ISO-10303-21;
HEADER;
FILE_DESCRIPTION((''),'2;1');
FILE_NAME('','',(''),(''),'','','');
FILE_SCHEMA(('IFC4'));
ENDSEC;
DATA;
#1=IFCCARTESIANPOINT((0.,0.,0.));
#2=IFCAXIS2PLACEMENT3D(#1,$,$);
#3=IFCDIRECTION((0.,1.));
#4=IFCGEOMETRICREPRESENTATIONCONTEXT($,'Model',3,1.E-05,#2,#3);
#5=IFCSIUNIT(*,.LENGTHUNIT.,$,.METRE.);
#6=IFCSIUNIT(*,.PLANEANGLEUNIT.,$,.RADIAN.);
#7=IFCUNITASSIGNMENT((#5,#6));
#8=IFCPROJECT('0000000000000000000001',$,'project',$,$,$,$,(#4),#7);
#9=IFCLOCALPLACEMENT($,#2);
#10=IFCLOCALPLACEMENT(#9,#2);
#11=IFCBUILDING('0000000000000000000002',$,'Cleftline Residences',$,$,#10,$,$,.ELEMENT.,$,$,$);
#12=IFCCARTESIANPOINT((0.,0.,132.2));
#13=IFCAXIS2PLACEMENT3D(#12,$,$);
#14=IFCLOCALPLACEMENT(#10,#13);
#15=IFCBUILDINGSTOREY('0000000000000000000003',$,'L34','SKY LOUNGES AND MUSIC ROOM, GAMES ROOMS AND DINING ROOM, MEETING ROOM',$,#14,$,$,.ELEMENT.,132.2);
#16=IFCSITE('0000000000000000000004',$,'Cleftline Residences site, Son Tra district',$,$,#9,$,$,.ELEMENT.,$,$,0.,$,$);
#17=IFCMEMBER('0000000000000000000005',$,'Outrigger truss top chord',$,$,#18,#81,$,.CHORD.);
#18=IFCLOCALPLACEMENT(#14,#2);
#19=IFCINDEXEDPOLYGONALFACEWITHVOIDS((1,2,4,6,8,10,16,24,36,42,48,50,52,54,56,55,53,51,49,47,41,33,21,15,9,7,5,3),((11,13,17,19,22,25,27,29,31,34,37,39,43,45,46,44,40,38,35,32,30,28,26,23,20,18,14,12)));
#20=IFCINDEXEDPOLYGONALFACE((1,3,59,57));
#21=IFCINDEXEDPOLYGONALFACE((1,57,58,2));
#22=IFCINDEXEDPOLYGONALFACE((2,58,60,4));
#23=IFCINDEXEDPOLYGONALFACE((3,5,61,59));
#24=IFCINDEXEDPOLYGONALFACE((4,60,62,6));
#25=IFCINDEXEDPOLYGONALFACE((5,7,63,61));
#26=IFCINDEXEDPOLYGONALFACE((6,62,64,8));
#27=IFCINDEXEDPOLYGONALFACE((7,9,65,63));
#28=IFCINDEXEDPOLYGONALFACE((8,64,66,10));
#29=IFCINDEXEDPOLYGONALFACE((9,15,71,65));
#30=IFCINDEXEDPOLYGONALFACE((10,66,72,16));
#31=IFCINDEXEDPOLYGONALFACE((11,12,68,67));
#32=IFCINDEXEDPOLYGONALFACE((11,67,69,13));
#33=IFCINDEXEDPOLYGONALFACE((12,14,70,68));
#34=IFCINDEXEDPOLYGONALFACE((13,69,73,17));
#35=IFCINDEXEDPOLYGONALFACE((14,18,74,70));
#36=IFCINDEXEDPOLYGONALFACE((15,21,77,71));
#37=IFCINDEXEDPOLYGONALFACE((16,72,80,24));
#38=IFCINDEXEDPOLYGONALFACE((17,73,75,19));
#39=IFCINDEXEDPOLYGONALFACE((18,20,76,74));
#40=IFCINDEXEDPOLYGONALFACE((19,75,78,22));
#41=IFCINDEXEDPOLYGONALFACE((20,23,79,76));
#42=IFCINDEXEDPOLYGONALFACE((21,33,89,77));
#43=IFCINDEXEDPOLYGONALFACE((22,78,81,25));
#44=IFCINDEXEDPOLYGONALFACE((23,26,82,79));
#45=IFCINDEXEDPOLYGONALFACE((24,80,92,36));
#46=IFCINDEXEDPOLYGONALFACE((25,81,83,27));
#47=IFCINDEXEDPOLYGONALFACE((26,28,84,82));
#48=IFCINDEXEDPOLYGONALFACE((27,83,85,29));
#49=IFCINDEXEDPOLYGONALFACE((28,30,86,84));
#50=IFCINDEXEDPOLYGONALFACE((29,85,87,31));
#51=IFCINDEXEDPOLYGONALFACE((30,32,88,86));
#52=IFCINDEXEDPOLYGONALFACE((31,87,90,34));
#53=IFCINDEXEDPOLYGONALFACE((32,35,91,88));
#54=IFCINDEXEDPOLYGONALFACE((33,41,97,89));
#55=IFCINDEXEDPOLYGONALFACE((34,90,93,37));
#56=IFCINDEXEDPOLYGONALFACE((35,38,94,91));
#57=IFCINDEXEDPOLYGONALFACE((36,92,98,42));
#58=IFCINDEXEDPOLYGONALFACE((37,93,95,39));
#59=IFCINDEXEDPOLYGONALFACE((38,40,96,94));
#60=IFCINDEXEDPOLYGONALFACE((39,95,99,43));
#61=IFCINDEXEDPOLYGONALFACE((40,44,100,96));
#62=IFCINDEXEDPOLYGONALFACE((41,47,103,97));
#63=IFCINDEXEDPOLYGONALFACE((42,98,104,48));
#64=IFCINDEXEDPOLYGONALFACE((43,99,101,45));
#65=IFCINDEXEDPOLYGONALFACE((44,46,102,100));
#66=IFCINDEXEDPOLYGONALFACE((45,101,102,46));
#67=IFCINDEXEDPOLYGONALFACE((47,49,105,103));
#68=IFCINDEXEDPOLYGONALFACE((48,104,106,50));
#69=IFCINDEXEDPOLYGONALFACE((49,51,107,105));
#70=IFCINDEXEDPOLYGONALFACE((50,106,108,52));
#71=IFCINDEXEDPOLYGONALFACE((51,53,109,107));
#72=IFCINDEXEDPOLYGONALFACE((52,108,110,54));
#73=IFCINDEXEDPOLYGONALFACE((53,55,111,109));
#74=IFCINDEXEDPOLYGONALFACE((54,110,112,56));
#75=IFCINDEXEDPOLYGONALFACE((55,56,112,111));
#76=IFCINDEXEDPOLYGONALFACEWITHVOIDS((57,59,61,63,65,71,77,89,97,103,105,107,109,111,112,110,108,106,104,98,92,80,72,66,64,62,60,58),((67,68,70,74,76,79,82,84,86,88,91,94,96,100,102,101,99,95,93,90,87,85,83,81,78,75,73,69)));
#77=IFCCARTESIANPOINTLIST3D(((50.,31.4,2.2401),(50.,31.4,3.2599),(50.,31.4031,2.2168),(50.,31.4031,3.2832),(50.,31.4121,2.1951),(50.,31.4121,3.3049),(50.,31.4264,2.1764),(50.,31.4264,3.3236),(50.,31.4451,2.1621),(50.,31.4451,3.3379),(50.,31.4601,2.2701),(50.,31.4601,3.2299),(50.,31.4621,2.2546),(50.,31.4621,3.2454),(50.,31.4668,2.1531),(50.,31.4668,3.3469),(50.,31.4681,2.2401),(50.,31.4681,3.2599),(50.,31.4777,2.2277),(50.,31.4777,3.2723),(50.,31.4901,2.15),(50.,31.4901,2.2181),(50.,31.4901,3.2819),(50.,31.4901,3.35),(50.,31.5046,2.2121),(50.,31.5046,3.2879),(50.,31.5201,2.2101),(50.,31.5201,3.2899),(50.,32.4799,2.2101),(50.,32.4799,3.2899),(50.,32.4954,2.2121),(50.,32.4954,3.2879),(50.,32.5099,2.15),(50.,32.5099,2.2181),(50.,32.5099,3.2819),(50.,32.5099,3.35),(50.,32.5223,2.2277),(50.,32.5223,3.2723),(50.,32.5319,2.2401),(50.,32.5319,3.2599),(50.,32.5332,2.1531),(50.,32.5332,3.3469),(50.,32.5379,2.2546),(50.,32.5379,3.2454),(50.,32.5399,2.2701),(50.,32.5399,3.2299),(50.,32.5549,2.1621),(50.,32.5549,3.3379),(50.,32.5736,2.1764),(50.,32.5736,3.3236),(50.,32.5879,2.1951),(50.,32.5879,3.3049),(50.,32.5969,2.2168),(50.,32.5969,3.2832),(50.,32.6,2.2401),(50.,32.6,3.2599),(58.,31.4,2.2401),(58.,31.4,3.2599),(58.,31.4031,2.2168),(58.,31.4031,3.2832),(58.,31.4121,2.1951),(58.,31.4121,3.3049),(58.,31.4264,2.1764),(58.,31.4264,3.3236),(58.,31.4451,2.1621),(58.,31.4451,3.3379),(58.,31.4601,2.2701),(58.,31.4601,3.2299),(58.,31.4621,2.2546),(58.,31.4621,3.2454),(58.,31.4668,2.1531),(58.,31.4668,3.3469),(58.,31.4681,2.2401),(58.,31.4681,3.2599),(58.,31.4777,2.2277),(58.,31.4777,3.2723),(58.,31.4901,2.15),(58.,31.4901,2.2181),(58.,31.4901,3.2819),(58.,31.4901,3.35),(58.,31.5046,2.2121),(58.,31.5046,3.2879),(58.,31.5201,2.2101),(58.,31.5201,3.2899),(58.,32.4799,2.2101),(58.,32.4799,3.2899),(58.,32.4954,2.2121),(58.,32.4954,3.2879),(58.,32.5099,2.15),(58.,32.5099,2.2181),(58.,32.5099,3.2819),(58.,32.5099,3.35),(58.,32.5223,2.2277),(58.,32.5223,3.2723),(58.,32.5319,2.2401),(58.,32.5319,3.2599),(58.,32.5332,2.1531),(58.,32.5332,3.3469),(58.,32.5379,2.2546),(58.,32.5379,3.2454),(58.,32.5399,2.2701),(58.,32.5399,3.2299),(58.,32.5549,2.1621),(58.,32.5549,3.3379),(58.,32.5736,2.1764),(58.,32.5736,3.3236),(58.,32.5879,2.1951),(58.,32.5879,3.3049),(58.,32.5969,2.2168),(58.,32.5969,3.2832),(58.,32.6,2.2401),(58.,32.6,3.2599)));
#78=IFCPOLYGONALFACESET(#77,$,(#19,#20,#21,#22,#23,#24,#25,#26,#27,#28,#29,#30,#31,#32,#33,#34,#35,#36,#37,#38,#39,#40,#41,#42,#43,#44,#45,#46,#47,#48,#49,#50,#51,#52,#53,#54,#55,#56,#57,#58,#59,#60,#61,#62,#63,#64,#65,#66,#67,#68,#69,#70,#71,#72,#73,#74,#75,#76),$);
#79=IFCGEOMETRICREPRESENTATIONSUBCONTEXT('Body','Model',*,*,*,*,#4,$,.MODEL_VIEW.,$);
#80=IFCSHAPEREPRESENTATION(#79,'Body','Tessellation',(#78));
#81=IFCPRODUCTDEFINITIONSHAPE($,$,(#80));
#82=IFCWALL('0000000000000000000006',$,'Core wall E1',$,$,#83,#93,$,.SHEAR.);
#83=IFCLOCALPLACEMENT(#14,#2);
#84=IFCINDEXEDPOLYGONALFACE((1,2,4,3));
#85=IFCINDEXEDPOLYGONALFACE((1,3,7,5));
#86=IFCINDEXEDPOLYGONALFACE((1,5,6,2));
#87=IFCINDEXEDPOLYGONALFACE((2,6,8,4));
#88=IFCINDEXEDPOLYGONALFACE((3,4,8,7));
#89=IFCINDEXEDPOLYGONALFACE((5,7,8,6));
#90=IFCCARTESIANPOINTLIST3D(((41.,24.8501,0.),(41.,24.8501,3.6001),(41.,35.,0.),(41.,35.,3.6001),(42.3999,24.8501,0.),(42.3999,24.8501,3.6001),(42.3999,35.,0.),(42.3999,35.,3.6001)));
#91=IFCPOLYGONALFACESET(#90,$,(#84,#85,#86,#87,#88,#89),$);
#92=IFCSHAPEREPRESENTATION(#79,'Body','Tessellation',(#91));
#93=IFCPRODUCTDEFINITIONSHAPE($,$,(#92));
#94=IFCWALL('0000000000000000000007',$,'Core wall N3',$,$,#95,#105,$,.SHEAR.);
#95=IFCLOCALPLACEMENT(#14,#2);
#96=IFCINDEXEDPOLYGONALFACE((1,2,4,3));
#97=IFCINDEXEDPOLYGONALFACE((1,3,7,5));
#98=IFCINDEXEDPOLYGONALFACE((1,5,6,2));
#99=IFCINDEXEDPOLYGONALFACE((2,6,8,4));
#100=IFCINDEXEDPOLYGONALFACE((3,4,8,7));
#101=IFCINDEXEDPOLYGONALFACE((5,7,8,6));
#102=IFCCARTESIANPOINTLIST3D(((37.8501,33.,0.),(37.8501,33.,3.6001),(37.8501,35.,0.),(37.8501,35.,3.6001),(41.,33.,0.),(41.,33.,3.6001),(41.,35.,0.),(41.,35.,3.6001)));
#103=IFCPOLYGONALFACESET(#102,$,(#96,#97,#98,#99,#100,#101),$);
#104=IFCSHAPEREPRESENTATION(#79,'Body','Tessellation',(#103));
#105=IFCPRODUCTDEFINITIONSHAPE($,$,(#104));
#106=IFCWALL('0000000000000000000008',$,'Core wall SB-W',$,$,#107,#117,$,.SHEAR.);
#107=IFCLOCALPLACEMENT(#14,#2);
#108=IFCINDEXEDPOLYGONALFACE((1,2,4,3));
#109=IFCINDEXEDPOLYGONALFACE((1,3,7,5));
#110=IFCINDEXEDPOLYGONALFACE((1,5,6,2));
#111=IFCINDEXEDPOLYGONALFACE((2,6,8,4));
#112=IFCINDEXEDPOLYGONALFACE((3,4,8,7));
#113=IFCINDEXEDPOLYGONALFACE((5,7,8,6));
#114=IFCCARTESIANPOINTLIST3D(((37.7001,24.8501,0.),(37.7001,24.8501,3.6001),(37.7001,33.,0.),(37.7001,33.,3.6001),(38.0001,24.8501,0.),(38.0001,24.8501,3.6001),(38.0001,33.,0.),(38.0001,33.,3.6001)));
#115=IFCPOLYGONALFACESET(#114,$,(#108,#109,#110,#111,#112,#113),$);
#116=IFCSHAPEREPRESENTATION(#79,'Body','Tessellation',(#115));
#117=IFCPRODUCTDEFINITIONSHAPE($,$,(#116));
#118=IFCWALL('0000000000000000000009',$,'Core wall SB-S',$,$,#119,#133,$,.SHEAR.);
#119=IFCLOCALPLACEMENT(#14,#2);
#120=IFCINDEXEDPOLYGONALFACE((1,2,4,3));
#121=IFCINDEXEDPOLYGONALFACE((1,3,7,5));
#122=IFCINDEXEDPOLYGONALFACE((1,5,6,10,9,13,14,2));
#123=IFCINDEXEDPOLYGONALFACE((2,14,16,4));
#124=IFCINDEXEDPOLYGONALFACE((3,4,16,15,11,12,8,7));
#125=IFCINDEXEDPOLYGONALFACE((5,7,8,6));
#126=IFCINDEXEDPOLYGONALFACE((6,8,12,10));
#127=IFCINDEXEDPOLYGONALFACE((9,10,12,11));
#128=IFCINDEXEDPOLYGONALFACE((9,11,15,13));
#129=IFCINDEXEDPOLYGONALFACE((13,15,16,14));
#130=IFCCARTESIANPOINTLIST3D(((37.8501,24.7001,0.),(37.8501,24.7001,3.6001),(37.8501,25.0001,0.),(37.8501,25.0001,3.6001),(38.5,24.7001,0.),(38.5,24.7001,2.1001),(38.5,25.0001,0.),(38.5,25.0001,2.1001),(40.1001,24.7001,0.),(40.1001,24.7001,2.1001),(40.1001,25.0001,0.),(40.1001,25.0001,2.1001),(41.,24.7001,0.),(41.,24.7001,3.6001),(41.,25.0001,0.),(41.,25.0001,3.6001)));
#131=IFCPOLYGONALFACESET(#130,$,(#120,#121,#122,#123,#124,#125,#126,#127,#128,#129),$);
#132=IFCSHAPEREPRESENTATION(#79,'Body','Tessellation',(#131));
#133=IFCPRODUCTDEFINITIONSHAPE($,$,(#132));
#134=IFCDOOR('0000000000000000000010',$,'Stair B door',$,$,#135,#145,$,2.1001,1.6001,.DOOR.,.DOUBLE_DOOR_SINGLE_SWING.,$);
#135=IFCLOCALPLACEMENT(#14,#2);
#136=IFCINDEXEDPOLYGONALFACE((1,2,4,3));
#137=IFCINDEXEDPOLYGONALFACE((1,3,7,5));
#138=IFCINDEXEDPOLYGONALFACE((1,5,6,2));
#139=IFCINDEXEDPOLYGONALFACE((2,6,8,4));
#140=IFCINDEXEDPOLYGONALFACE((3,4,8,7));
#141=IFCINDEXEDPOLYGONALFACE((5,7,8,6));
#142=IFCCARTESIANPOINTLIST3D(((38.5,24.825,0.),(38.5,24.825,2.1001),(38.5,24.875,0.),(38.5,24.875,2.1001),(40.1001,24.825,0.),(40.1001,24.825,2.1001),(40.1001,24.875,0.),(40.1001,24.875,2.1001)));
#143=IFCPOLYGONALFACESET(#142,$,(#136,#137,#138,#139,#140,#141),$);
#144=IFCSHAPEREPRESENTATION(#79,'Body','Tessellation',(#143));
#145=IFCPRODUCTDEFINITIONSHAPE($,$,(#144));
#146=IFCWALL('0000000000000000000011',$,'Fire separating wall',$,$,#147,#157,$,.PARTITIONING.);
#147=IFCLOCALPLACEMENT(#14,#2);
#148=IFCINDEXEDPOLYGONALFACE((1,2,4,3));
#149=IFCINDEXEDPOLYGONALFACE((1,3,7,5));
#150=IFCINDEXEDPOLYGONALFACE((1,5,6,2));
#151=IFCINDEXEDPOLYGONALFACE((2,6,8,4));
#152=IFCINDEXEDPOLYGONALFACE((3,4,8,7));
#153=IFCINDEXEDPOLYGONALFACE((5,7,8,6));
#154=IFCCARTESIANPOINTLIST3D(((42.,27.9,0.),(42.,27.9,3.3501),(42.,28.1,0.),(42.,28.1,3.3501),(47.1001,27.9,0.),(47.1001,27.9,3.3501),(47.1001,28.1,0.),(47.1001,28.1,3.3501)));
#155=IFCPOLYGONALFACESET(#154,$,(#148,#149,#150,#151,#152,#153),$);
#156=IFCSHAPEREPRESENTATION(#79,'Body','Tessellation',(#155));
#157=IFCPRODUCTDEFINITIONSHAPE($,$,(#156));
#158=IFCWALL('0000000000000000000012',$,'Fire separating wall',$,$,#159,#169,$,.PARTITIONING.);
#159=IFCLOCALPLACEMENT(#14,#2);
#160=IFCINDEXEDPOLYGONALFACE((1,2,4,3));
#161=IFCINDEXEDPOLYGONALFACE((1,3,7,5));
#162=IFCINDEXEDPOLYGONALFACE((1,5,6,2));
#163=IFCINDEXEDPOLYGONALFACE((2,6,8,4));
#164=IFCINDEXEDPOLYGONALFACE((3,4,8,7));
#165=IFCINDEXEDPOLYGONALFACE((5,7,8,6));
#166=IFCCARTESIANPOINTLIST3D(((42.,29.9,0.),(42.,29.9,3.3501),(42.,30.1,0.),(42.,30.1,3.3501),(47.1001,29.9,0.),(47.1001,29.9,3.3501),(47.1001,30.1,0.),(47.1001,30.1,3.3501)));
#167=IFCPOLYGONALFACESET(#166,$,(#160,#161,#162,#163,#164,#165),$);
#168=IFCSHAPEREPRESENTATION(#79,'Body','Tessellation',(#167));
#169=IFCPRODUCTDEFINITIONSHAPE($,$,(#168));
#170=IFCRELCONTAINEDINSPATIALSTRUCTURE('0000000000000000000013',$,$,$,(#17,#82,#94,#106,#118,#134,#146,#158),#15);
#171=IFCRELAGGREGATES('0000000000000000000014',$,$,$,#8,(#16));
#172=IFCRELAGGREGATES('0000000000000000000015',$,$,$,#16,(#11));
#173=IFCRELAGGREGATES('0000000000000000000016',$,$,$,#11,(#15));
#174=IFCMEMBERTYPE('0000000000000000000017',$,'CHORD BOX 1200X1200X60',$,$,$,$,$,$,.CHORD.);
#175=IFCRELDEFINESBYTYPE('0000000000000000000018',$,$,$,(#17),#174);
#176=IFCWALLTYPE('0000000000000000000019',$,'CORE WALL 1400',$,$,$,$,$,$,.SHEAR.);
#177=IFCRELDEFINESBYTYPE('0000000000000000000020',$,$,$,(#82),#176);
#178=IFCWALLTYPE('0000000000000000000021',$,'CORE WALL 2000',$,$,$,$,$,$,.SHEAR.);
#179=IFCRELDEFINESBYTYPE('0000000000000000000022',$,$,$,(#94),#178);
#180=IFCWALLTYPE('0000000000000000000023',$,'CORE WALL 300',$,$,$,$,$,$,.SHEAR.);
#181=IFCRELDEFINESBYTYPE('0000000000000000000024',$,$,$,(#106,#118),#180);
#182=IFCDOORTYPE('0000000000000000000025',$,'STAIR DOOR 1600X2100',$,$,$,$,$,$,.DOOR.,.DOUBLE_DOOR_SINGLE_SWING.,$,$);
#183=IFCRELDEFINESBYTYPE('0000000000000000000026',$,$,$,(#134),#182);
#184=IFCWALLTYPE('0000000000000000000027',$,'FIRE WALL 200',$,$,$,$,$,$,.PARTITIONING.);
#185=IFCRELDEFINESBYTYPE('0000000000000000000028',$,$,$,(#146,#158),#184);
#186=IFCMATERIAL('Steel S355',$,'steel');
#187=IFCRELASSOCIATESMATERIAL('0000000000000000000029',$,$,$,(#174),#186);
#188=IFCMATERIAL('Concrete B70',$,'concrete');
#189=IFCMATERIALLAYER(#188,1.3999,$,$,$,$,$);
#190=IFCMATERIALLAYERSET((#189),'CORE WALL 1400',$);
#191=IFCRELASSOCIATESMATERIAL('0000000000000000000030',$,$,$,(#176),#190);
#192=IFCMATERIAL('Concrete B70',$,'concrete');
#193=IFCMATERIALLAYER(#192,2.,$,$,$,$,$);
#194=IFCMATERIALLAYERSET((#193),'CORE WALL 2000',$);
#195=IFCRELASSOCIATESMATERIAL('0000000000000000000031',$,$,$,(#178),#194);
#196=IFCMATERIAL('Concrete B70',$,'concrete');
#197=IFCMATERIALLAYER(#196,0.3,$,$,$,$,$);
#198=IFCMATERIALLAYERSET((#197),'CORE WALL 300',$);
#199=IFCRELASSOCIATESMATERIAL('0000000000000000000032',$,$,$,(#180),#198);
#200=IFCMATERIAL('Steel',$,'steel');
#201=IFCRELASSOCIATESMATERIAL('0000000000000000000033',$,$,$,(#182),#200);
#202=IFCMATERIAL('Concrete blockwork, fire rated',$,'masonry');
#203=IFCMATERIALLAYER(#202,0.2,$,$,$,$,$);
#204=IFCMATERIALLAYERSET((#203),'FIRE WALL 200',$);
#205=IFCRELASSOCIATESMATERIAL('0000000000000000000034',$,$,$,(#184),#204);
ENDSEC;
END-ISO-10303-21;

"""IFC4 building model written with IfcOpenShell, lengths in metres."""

from ifc_helpers import new_model, si_unit, direction, frame, frame_2d, origin, origin_2d, place, context, subcontext, project, spatial, rectangle, hollow_rectangle, extrude, material, layer, layer_set, material_profile, profile_set, type_object, element, fill, save


model = new_model("IFC4")

# Units and contexts
model_context = context("Model", 3, precision=1e-05, world=origin(), true_north=direction((0.0, 1.0)))
body_context = subcontext(model_context, "Body", "Model", "MODEL_VIEW")
ifc_project = project(units=[si_unit("LENGTHUNIT", "METRE"), si_unit("PLANEANGLEUNIT", "RADIAN")], contexts=[model_context])

# Site, building, storey
site_placement = place(None, origin())
site = spatial("IfcSite", under=ifc_project, at=site_placement, Name="Cleftline Residences site, Son Tra district", CompositionType="ELEMENT", RefElevation=0.0)
building_placement = place(site_placement, origin())
building = spatial("IfcBuilding", under=site, at=building_placement, Name="Cleftline Residences", CompositionType="ELEMENT")
storey_placement = place(building_placement, frame((0.0, 0.0, 132.2)))
storey = spatial("IfcBuildingStorey", under=building, at=storey_placement, Name="L34", Description="SKY LOUNGES AND MUSIC ROOM, GAMES ROOMS AND DINING ROOM, MEETING ROOM", CompositionType="ELEMENT", Elevation=132.2)

# Member
ifc_material_1 = material(Name="Steel S355", Category="steel")
ifc_material_profile_1 = material_profile(ifc_material_1, hollow_rectangle(XDim=1.2, YDim=1.2, WallThickness=0.0601, InnerFilletRadius=0.0601, OuterFilletRadius=0.0901, at=origin_2d()))
ifc_profile_set_1 = profile_set([ifc_material_profile_1], Name="Steel S355")
member_type_1 = type_object("IfcMemberType", Name="CHORD BOX 1200X1200X60", PredefinedType="CHORD", material=ifc_profile_set_1)
for number, where, z_axis, x_axis, name in (
    (1, (50.0, 32.0, 2.75), (1.0, 0.0, 0.0), (0.0, 1.0, 0.0), "Outrigger truss top chord"),
):
    element("IfcMember", number, at=place(storey_placement, frame(where, z_axis=z_axis, x_axis=x_axis)), inside=storey, type_object=member_type_1, Name=name, PredefinedType="CHORD", context=body_context, shape_type="SweptSolid", body=[
        extrude(hollow_rectangle(XDim=1.2, YDim=1.2, WallThickness=0.0601, InnerFilletRadius=0.0601, OuterFilletRadius=0.0901, at=origin_2d()), origin(), (0.0, 0.0, 1.0), 8.0),
    ])

# Walls
ifc_material_2 = material(Name="Concrete B70", Category="concrete")
ifc_layer_1 = layer(ifc_material_2, 1.3999)
ifc_layer_set_1 = layer_set([ifc_layer_1], Name="CORE WALL 1400")
wall_type_1 = type_object("IfcWallType", Name="CORE WALL 1400", PredefinedType="SHEAR", material=ifc_layer_set_1)
wall_1_placement = place(storey_placement, frame((41.7, 24.8501, 0.0), z_axis=(0.0, 0.0, 1.0), x_axis=(0.0, 1.0, 0.0)))
element("IfcWall", 2, at=wall_1_placement, inside=storey, type_object=wall_type_1, Name="Core wall E1", PredefinedType="SHEAR", context=body_context, shape_type="SweptSolid", body=[
    extrude(rectangle(XDim=10.1499, YDim=1.3999, at=frame_2d((5.075, 0.0))), origin(), (0.0, 0.0, 1.0), 3.6001),
])
ifc_material_3 = material(Name="Concrete B70", Category="concrete")
ifc_layer_2 = layer(ifc_material_3, 2.0)
ifc_layer_set_2 = layer_set([ifc_layer_2], Name="CORE WALL 2000")
wall_type_2 = type_object("IfcWallType", Name="CORE WALL 2000", PredefinedType="SHEAR", material=ifc_layer_set_2)
wall_2_placement = place(storey_placement, frame((37.8501, 34.0, 0.0), z_axis=(0.0, 0.0, 1.0), x_axis=(1.0, 0.0, 0.0)))
element("IfcWall", 3, at=wall_2_placement, inside=storey, type_object=wall_type_2, Name="Core wall N3", PredefinedType="SHEAR", context=body_context, shape_type="SweptSolid", body=[
    extrude(rectangle(XDim=3.1499, YDim=2.0, at=frame_2d((1.575, 0.0))), origin(), (0.0, 0.0, 1.0), 3.6001),
])
ifc_material_4 = material(Name="Concrete B70", Category="concrete")
ifc_layer_3 = layer(ifc_material_4, 0.3)
ifc_layer_set_3 = layer_set([ifc_layer_3], Name="CORE WALL 300")
wall_type_3 = type_object("IfcWallType", Name="CORE WALL 300", PredefinedType="SHEAR", material=ifc_layer_set_3)
wall_3_placement = place(storey_placement, frame((37.8501, 24.8501, 0.0), z_axis=(0.0, 0.0, 1.0), x_axis=(0.0, 1.0, 0.0)))
element("IfcWall", 4, at=wall_3_placement, inside=storey, type_object=wall_type_3, Name="Core wall SB-W", PredefinedType="SHEAR", context=body_context, shape_type="SweptSolid", body=[
    extrude(rectangle(XDim=8.1499, YDim=0.3, at=frame_2d((4.075, 0.0))), origin(), (0.0, 0.0, 1.0), 3.6001),
])

# Wall, opening, door
wall_4_placement = place(storey_placement, frame((37.8501, 24.8501, 0.0), z_axis=(0.0, 0.0, 1.0), x_axis=(1.0, 0.0, 0.0)))
wall_4 = element("IfcWall", 5, at=wall_4_placement, inside=storey, type_object=wall_type_3, Name="Core wall SB-S", PredefinedType="SHEAR", context=body_context, shape_type="SweptSolid", body=[
    extrude(rectangle(XDim=3.1499, YDim=0.3, at=frame_2d((1.575, 0.0))), origin(), (0.0, 0.0, 1.0), 3.6001),
])
opening_1_placement = place(wall_4_placement, frame((0.6499, 0.0, 0.0)))
opening_1 = element("IfcOpeningElement", 6, at=opening_1_placement, cuts=wall_4, PredefinedType="OPENING", context=body_context, shape_type="SweptSolid", body=[
    extrude(rectangle(XDim=1.6001, YDim=2.1001, at=frame_2d((0.8, 1.05))), frame((0.0, 0.1599, 0.0), z_axis=(0.0, -1.0, 0.0), x_axis=(1.0, 0.0, 0.0)), (0.0, 0.0, 1.0), 0.3201),
])
ifc_material_5 = material(Name="Steel", Category="steel")
door_type_1 = type_object("IfcDoorType", Name="STAIR DOOR 1600X2100", OperationType="DOUBLE_DOOR_SINGLE_SWING", PredefinedType="DOOR", material=ifc_material_5)
door_1_placement = place(opening_1_placement, origin())
door_1 = element("IfcDoor", 7, at=door_1_placement, inside=storey, type_object=door_type_1, Name="Stair B door", OperationType="DOUBLE_DOOR_SINGLE_SWING", OverallHeight=2.1001, OverallWidth=1.6001, PredefinedType="DOOR", context=body_context, shape_type="SweptSolid", body=[
    extrude(rectangle(XDim=1.6001, YDim=2.1001, at=frame_2d((0.8, 1.05))), frame((0.0, 0.0249, 0.0), z_axis=(0.0, -1.0, 0.0), x_axis=(1.0, 0.0, 0.0)), (0.0, 0.0, 1.0), 0.05),
])
fill(opening_1, door_1)

# Walls
ifc_material_6 = material(Name="Concrete blockwork, fire rated", Category="masonry")
ifc_layer_4 = layer(ifc_material_6, 0.2)
ifc_layer_set_4 = layer_set([ifc_layer_4], Name="FIRE WALL 200")
wall_type_4 = type_object("IfcWallType", Name="FIRE WALL 200", PredefinedType="PARTITIONING", material=ifc_layer_set_4)
for number, where, z_axis, x_axis, name in (
    (8, (42.0, 28.0, 0.0), (0.0, 0.0, 1.0), (1.0, 0.0, 0.0), "Fire separating wall"),
    (9, (42.0, 30.0, 0.0), (0.0, 0.0, 1.0), (1.0, 0.0, 0.0), "Fire separating wall"),
):
    element("IfcWall", number, at=place(storey_placement, frame(where, z_axis=z_axis, x_axis=x_axis)), inside=storey, type_object=wall_type_4, Name=name, PredefinedType="PARTITIONING", context=body_context, shape_type="SweptSolid", body=[
        extrude(rectangle(XDim=5.1001, YDim=0.2, at=frame_2d((2.55, 0.0))), origin(), (0.0, 0.0, 1.0), 3.3501),
    ])

save(model, "model.ifc")
